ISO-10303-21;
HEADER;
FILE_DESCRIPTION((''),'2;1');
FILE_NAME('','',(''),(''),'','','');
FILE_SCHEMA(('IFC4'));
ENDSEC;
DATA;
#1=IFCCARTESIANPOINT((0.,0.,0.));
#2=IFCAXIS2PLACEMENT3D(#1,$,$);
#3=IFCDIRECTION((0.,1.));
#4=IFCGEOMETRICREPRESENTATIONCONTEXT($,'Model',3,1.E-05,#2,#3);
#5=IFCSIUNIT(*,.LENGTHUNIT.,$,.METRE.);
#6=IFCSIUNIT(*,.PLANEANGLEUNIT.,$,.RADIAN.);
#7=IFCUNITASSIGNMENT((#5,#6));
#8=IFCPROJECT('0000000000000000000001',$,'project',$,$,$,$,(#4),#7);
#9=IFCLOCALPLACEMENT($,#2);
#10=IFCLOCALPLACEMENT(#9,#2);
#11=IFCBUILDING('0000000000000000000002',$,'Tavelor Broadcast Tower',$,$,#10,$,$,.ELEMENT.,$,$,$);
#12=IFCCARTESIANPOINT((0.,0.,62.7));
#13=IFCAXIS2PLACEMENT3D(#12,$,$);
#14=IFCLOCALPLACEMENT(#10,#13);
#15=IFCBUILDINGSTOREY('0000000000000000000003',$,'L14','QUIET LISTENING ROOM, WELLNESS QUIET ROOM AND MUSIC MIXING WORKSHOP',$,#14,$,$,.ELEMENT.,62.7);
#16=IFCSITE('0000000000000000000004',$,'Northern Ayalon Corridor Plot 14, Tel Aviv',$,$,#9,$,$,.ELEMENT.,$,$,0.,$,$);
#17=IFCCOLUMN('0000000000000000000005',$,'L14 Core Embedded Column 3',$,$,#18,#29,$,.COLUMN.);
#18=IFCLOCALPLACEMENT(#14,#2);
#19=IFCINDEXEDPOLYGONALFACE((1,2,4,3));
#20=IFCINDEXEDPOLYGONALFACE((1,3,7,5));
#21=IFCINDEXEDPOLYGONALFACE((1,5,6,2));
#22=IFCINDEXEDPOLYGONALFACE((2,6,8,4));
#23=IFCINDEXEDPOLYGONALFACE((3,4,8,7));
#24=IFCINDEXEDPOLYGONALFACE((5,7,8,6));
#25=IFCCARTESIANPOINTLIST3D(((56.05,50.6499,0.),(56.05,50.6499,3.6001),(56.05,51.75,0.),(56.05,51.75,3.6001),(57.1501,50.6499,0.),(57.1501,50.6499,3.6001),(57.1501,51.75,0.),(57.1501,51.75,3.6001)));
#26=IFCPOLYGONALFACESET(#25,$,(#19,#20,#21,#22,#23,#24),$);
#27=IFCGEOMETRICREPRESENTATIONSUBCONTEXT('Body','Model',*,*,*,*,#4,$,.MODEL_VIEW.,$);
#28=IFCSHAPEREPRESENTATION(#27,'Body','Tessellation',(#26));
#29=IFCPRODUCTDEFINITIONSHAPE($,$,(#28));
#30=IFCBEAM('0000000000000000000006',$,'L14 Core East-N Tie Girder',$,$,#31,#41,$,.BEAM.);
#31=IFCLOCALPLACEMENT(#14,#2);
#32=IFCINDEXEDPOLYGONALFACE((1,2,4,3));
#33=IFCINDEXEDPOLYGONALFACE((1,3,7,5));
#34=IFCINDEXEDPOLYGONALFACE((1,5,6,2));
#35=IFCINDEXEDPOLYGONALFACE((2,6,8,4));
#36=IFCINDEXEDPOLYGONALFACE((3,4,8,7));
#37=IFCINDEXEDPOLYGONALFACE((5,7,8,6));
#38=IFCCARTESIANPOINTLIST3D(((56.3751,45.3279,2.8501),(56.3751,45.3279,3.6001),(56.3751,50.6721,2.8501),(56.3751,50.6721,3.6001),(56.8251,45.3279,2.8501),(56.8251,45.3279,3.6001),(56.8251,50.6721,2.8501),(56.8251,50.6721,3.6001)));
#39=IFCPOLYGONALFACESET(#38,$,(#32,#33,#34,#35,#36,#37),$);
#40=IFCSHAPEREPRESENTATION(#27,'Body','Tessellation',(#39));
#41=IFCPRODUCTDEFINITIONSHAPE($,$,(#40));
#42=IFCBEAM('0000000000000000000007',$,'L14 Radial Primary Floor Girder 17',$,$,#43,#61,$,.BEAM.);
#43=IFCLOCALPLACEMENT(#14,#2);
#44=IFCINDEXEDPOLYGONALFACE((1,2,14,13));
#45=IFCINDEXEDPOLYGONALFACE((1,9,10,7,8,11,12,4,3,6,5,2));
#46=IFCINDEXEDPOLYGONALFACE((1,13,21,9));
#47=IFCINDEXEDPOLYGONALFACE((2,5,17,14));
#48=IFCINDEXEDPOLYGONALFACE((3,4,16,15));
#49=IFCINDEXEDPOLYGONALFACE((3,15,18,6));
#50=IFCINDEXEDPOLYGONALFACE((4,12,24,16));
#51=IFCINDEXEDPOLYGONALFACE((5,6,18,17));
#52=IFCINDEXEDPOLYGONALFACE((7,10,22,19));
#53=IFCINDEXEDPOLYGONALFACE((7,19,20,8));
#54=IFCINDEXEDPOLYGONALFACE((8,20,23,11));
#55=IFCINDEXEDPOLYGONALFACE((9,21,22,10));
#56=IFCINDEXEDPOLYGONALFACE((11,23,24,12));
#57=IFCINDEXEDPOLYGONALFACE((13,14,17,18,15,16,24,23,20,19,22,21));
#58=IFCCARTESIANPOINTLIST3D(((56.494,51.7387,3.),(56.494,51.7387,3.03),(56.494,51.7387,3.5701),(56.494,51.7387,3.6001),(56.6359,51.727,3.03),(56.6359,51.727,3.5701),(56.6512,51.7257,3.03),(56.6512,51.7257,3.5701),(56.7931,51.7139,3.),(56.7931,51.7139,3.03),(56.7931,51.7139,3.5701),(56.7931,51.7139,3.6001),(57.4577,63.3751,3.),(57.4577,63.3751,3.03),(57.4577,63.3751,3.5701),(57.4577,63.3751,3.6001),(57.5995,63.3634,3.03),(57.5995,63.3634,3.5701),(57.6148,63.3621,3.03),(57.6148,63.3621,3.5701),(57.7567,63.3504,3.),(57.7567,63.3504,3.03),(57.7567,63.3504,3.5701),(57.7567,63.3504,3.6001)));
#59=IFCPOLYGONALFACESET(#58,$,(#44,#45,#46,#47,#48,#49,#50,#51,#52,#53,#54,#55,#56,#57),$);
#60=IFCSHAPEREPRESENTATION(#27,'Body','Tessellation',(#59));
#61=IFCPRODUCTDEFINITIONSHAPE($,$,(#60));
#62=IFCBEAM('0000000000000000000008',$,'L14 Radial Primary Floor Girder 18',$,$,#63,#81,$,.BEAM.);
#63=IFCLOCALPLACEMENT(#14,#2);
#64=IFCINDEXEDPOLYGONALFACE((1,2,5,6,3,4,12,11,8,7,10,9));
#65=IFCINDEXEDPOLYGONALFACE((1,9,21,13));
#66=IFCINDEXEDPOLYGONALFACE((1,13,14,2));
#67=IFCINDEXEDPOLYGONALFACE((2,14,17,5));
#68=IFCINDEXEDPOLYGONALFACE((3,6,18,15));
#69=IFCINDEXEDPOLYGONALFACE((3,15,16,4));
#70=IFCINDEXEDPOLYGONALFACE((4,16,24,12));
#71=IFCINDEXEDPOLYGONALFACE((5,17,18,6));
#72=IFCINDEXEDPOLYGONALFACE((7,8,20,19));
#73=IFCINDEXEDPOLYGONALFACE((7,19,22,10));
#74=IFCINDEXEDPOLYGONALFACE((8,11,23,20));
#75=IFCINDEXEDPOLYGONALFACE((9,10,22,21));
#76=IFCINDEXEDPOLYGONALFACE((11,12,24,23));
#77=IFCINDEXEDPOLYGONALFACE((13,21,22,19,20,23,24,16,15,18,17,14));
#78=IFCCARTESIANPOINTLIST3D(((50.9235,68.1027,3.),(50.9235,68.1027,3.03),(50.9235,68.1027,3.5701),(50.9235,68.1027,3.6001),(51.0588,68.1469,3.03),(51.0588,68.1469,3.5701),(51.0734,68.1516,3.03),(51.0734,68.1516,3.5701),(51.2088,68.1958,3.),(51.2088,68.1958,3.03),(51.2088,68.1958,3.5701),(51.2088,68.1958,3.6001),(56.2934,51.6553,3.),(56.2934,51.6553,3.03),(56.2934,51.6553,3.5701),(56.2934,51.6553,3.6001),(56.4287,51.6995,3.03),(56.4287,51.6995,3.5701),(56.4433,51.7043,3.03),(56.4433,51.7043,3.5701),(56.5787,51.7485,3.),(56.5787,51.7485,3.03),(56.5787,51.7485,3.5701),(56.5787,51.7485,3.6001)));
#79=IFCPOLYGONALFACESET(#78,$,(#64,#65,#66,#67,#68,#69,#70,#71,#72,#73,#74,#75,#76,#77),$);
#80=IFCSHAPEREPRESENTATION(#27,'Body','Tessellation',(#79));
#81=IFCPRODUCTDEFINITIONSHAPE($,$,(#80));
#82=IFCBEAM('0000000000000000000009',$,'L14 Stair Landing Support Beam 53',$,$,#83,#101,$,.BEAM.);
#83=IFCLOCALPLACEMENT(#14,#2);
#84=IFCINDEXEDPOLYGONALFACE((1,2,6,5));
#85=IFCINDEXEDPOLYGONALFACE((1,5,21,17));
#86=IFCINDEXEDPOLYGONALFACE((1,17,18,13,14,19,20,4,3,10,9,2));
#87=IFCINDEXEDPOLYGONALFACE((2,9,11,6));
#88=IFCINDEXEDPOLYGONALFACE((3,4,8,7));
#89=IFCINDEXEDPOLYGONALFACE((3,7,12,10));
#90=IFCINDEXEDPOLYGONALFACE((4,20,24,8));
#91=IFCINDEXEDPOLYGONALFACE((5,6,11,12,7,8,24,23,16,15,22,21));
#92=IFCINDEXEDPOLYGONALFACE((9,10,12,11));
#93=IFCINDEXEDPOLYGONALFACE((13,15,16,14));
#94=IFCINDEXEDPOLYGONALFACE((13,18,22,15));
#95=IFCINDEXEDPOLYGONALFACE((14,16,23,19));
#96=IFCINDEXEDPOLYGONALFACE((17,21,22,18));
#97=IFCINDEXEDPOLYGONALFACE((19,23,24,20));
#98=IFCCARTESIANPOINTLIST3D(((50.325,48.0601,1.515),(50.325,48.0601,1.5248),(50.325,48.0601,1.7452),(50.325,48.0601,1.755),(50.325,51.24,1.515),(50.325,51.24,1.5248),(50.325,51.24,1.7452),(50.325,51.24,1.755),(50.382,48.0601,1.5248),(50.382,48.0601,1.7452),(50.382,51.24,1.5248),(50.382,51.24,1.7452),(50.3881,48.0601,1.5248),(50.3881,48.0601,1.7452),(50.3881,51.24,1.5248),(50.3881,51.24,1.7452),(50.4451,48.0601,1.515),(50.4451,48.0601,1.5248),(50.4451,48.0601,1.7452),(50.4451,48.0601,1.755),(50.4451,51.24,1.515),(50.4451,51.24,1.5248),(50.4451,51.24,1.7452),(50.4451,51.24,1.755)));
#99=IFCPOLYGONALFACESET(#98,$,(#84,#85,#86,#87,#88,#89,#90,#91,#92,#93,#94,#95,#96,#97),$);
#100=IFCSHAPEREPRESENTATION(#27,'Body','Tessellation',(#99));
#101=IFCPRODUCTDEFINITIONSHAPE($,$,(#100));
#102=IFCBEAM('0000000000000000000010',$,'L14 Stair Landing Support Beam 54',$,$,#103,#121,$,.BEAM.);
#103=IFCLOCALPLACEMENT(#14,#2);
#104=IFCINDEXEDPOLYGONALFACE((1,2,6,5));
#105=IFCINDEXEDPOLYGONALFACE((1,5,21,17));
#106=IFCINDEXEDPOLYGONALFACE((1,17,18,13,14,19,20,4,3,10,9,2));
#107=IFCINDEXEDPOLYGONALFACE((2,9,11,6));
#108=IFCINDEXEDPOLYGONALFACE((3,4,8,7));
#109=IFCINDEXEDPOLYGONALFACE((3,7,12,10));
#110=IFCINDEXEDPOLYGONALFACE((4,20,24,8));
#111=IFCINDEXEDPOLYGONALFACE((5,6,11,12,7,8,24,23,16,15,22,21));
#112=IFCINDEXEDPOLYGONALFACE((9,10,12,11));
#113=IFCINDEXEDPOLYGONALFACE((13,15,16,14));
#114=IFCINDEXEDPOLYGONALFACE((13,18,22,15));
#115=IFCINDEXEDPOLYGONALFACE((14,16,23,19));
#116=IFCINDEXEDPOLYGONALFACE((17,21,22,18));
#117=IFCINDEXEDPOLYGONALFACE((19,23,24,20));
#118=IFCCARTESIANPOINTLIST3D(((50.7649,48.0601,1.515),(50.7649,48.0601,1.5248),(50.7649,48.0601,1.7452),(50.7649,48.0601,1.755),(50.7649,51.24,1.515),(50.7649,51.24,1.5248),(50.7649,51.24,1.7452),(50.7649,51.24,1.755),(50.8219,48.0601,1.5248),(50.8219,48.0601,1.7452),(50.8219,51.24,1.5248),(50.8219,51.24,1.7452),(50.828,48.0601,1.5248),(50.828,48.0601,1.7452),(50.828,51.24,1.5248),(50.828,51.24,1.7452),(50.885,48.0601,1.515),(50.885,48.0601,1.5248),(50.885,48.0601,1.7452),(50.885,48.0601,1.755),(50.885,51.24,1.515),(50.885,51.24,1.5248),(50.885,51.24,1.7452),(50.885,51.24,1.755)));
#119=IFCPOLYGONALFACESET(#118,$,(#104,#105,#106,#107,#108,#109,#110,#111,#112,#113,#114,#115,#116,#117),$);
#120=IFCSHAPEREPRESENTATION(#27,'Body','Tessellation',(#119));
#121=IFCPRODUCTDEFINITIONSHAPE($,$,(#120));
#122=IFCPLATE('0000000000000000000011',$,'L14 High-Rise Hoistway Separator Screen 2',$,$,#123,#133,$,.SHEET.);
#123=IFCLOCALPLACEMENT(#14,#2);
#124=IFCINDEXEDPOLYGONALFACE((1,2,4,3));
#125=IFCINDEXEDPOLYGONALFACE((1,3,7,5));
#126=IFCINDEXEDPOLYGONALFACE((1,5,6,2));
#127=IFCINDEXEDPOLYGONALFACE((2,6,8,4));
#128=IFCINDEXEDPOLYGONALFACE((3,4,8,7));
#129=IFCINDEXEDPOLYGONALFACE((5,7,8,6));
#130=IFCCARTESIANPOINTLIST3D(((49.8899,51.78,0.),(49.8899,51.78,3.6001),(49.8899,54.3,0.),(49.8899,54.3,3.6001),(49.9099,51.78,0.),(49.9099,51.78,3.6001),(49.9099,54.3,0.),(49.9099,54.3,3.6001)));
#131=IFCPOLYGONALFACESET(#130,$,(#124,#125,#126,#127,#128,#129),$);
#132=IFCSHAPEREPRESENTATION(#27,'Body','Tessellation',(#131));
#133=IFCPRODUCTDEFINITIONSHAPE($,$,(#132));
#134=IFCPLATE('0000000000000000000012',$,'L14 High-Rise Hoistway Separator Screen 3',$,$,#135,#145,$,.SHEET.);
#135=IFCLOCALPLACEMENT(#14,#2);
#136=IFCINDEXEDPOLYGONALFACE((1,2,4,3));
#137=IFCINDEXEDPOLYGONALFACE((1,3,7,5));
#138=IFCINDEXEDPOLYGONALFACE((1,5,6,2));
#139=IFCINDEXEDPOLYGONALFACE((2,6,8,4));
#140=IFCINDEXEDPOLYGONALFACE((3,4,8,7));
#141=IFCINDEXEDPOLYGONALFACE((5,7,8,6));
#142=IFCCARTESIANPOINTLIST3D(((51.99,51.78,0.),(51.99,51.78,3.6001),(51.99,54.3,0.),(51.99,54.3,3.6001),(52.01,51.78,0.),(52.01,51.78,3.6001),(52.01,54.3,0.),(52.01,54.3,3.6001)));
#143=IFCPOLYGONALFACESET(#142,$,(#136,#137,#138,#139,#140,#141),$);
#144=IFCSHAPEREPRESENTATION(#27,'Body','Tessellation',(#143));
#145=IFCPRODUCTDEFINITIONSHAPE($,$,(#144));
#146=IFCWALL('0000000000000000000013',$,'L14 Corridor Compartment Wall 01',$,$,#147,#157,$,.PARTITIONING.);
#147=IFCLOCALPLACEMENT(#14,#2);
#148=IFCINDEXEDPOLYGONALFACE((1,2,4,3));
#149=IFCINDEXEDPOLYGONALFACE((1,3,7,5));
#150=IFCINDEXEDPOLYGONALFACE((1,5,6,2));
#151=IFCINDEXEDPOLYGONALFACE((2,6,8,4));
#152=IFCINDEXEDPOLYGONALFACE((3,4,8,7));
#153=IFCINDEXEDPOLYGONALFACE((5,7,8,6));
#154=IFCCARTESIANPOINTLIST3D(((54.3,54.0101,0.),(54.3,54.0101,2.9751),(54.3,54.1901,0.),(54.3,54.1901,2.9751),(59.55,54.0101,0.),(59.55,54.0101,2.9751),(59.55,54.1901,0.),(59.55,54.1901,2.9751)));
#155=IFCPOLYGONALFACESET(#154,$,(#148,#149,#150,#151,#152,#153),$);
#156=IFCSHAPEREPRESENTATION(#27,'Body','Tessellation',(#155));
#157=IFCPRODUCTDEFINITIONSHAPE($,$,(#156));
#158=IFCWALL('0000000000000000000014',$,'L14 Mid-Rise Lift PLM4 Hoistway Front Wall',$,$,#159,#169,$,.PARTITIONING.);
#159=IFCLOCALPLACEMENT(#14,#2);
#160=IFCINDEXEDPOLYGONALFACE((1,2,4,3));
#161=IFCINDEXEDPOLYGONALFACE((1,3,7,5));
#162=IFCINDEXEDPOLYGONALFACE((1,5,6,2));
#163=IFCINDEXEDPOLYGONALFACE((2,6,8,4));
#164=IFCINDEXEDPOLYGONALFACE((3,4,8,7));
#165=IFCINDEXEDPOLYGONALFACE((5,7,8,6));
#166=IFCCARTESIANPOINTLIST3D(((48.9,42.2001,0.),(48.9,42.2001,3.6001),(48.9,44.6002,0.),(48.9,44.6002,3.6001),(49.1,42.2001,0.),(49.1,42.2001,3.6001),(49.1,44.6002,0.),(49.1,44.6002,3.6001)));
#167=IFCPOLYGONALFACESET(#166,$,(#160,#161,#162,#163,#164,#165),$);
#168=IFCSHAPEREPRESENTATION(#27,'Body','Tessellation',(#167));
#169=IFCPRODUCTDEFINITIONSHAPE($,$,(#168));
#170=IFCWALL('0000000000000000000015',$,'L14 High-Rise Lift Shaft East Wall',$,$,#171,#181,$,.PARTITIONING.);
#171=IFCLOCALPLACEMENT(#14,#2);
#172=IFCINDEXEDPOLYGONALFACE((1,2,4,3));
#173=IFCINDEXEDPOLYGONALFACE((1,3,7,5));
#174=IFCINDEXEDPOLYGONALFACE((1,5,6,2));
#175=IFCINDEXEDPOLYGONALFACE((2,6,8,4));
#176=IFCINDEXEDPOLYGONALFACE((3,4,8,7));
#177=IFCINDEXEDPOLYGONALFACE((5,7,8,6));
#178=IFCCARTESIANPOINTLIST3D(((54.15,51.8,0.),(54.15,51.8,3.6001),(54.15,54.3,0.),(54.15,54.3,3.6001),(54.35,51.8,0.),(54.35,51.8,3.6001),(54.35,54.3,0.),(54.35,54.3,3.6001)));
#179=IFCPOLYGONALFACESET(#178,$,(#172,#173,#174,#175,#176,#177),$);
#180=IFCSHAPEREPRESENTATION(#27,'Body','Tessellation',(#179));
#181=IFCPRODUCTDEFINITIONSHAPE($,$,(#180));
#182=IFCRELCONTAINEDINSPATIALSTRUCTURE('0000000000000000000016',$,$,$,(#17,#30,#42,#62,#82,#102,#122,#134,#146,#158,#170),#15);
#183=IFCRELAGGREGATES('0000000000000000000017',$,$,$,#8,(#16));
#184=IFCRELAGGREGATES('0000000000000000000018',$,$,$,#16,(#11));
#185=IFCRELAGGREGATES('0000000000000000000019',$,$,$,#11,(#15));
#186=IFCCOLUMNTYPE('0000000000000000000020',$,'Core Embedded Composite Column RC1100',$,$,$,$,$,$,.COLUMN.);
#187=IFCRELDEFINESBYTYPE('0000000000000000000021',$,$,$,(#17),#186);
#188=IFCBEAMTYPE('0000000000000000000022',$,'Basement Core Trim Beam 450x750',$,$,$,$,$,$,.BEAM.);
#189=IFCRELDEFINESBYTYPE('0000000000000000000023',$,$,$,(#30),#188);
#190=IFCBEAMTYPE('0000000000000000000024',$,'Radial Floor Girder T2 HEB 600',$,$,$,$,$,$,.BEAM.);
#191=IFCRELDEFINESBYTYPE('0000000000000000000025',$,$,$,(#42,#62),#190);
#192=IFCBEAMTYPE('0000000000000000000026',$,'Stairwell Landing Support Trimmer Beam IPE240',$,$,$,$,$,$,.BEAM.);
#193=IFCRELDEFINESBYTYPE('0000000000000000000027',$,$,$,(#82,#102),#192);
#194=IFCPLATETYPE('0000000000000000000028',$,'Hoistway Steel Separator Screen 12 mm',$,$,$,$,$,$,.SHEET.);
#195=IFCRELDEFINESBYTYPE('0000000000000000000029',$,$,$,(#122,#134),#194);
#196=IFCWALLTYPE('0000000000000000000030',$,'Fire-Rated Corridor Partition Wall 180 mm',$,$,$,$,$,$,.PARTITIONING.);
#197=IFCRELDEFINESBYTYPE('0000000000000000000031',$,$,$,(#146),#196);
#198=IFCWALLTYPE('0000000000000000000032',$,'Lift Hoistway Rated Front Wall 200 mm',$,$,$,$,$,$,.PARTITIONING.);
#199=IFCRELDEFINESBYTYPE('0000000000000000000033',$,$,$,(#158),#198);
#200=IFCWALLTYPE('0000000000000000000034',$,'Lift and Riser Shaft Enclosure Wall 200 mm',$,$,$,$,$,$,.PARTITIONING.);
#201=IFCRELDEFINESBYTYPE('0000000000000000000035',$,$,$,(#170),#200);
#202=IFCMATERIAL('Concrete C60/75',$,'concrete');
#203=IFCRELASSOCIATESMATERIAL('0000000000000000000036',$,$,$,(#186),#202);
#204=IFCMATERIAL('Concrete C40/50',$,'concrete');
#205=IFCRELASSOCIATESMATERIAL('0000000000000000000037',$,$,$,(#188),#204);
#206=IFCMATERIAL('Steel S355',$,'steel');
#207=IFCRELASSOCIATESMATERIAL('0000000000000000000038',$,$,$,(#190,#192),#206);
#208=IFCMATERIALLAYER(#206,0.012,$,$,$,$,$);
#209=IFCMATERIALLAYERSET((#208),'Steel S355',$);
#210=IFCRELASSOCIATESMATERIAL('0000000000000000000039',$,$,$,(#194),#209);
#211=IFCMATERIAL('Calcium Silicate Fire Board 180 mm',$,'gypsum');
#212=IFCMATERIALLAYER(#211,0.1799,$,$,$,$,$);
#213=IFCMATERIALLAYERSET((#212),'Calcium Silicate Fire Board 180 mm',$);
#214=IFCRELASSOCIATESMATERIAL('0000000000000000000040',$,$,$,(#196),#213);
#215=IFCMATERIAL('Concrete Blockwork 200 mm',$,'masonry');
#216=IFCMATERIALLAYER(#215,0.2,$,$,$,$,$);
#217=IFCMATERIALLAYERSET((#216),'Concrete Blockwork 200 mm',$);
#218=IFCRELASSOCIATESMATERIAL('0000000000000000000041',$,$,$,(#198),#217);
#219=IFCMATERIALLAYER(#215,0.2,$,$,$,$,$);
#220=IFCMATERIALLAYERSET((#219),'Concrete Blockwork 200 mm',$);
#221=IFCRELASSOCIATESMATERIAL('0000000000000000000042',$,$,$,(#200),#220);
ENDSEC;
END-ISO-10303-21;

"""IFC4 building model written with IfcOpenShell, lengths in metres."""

from ifc_helpers import new_model, si_unit, direction, frame, frame_2d, origin, origin_2d, place, context, subcontext, project, spatial, rectangle, i_section, extrude, source, transform, mapped, material, layer, layer_set, material_profile, profile_set, type_object, type_shapes, element, save


model = new_model("IFC4")

# Units and contexts
model_context = context("Model", 3, precision=1e-05, world=origin(), true_north=direction((0.0, 1.0)))
body_context = subcontext(model_context, "Body", "Model", "MODEL_VIEW")
ifc_project = project(units=[si_unit("LENGTHUNIT", "METRE"), si_unit("PLANEANGLEUNIT", "RADIAN")], contexts=[model_context])

# Site, building, storey
site_placement = place(None, origin())
site = spatial("IfcSite", under=ifc_project, at=site_placement, Name="Northern Ayalon Corridor Plot 14, Tel Aviv", CompositionType="ELEMENT", RefElevation=0.0)
building_placement = place(site_placement, origin())
building = spatial("IfcBuilding", under=site, at=building_placement, Name="Tavelor Broadcast Tower", CompositionType="ELEMENT")
storey_placement = place(building_placement, frame((0.0, 0.0, 62.7)))
storey = spatial("IfcBuildingStorey", under=building, at=storey_placement, Name="L14", Description="QUIET LISTENING ROOM, WELLNESS QUIET ROOM AND MUSIC MIXING WORKSHOP", CompositionType="ELEMENT", Elevation=62.7)

# Column
ifc_material_1 = material(Name="Concrete C60/75", Category="concrete")
ifc_material_profile_1 = material_profile(ifc_material_1, rectangle(XDim=1.1001, YDim=1.1001, at=origin_2d()), Name="RC 1100x1100")
ifc_profile_set_1 = profile_set([ifc_material_profile_1], Name="Concrete C60/75")
column_type = type_object("IfcColumnType", Name="Core Embedded Composite Column RC1100", PredefinedType="COLUMN", material=ifc_profile_set_1)
column_placement = place(storey_placement, frame((56.6001, 51.2, 0.0), z_axis=(0.0, 0.0, 1.0), x_axis=(1.0, 0.0, 0.0)))
element("IfcColumn", 1, at=column_placement, inside=storey, type_object=column_type, Name="L14 Core Embedded Column 3", PredefinedType="COLUMN", context=body_context, shape_type="SweptSolid", body=[
    extrude(rectangle(XDim=1.1001, YDim=1.1001, at=origin_2d()), origin(), (0.0, 0.0, 1.0), 3.6001),
])

# Beams
ifc_material_2 = material(Name="Concrete C40/50", Category="concrete")
ifc_material_profile_2 = material_profile(ifc_material_2, rectangle(XDim=0.45, YDim=0.75, at=origin_2d()), Name="RC 450x750")
ifc_profile_set_2 = profile_set([ifc_material_profile_2], Name="Concrete C40/50")
beam_type_1 = type_object("IfcBeamType", Name="Basement Core Trim Beam 450x750", PredefinedType="BEAM", material=ifc_profile_set_2)
beam_1_placement = place(storey_placement, frame((56.6001, 45.3279, 3.2251), z_axis=(0.0, 1.0, 0.0), x_axis=(-1.0, 0.0, 0.0)))
element("IfcBeam", 2, at=beam_1_placement, inside=storey, type_object=beam_type_1, Name="L14 Core East-N Tie Girder", PredefinedType="BEAM", context=body_context, shape_type="SweptSolid", body=[
    extrude(rectangle(XDim=0.45, YDim=0.75, at=origin_2d()), origin(), (0.0, 0.0, 1.0), 5.3442),
])
ifc_material_3 = material(Name="Steel S355", Category="steel")
ifc_material_profile_3 = material_profile(ifc_material_3, i_section(OverallWidth=0.3, OverallDepth=0.6001, WebThickness=0.0154, FlangeThickness=0.03, at=origin_2d()), Name="HEB 600")
ifc_profile_set_3 = profile_set([ifc_material_profile_3], Name="Steel S355")
beam_type_2 = type_object("IfcBeamType", Name="Radial Floor Girder T2 HEB 600", PredefinedType="BEAM", material=ifc_profile_set_3)
beam_2_placement = place(storey_placement, frame((56.6436, 51.7263, 3.3), z_axis=(0.082528, 0.996589, 0.0), x_axis=(-0.996589, 0.082528, 0.0)))
element("IfcBeam", 3, at=beam_2_placement, inside=storey, type_object=beam_type_2, Name="L14 Radial Primary Floor Girder 17", PredefinedType="BEAM", context=body_context, shape_type="SweptSolid", body=[
    extrude(i_section(OverallWidth=0.3, OverallDepth=0.6001, WebThickness=0.0154, FlangeThickness=0.03, at=origin_2d()), origin(), (0.0, 0.0, 1.0), 11.6763),
])
beam_3_placement = place(storey_placement, frame((56.436, 51.7019, 3.3), z_axis=(-0.310367, 0.950617, 0.0), x_axis=(-0.950617, -0.310367, 0.0)))
element("IfcBeam", 4, at=beam_3_placement, inside=storey, type_object=beam_type_2, Name="L14 Radial Primary Floor Girder 18", PredefinedType="BEAM", context=body_context, shape_type="SweptSolid", body=[
    extrude(i_section(OverallWidth=0.3, OverallDepth=0.6001, WebThickness=0.0154, FlangeThickness=0.03, at=origin_2d()), origin(), (0.0, 0.0, 1.0), 17.3018),
])
ifc_material_profile_4 = material_profile(ifc_material_3, i_section(OverallWidth=0.1201, OverallDepth=0.24, WebThickness=0.0061, FlangeThickness=0.0098, at=origin_2d()), Name="IPE 240")
ifc_profile_set_4 = profile_set([ifc_material_profile_4], Name="Steel S355")
beam_type_3 = type_object("IfcBeamType", Name="Stairwell Landing Support Trimmer Beam IPE240", PredefinedType="BEAM", material=ifc_profile_set_4)
for number, where, z_axis, x_axis, name in (
    (5, (50.385, 48.0601, 1.635), (0.0, 1.0, 0.0), (-1.0, 0.0, 0.0), "L14 Stair Landing Support Beam 53"),
    (6, (50.825, 48.0601, 1.635), (0.0, 1.0, 0.0), (-1.0, 0.0, 0.0), "L14 Stair Landing Support Beam 54"),
):
    element("IfcBeam", number, at=place(storey_placement, frame(where, z_axis=z_axis, x_axis=x_axis)), inside=storey, type_object=beam_type_3, Name=name, PredefinedType="BEAM", context=body_context, shape_type="SweptSolid", body=[
        extrude(i_section(OverallWidth=0.1201, OverallDepth=0.24, WebThickness=0.0061, FlangeThickness=0.0098, at=origin_2d()), origin(), (0.0, 0.0, 1.0), 3.1799),
    ])

# Plates
ifc_layer_1 = layer(ifc_material_3, 0.012)
ifc_layer_set_1 = layer_set([ifc_layer_1], Name="Steel S355")
plate_type = type_object("IfcPlateType", Name="Hoistway Steel Separator Screen 12 mm", PredefinedType="SHEET", material=ifc_layer_set_1)
shared_shape = source(origin(), body_context, "Body", "SweptSolid", [
    extrude(rectangle(XDim=0.02, YDim=2.52, at=origin_2d()), origin(), (0.0, 0.0, 1.0), 3.6001),
])
type_shapes(plate_type, [shared_shape])
for number, where, z_axis, x_axis, name in (
    (7, (49.8999, 53.04, 0.0), (0.0, 0.0, 1.0), (1.0, 0.0, 0.0), "L14 High-Rise Hoistway Separator Screen 2"),
    (8, (52.0, 53.04, 0.0), (0.0, 0.0, 1.0), (1.0, 0.0, 0.0), "L14 High-Rise Hoistway Separator Screen 3"),
):
    element("IfcPlate", number, at=place(storey_placement, frame(where, z_axis=z_axis, x_axis=x_axis)), inside=storey, type_object=plate_type, Name=name, PredefinedType="SHEET", context=body_context, shape_type="MappedRepresentation", body=[
        mapped(shared_shape, transform((0.0, 0.0, 0.0), scale=1.0)),
    ])

# Walls
ifc_material_4 = material(Name="Calcium Silicate Fire Board 180 mm", Category="gypsum")
ifc_layer_2 = layer(ifc_material_4, 0.1799)
ifc_layer_set_2 = layer_set([ifc_layer_2], Name="Calcium Silicate Fire Board 180 mm")
wall_type_1 = type_object("IfcWallType", Name="Fire-Rated Corridor Partition Wall 180 mm", PredefinedType="PARTITIONING", material=ifc_layer_set_2)
wall_1_placement = place(storey_placement, frame((54.3, 54.1001, 0.0), z_axis=(0.0, 0.0, 1.0), x_axis=(1.0, 0.0, 0.0)))
element("IfcWall", 9, at=wall_1_placement, inside=storey, type_object=wall_type_1, Name="L14 Corridor Compartment Wall 01", PredefinedType="PARTITIONING", context=body_context, shape_type="SweptSolid", body=[
    extrude(rectangle(XDim=5.25, YDim=0.1799, at=frame_2d((2.625, 0.0))), origin(), (0.0, 0.0, 1.0), 2.9751),
])
ifc_material_5 = material(Name="Concrete Blockwork 200 mm", Category="masonry")
ifc_layer_3 = layer(ifc_material_5, 0.2)
ifc_layer_set_3 = layer_set([ifc_layer_3], Name="Concrete Blockwork 200 mm")
wall_type_2 = type_object("IfcWallType", Name="Lift Hoistway Rated Front Wall 200 mm", PredefinedType="PARTITIONING", material=ifc_layer_set_3)
wall_2_placement = place(storey_placement, frame((49.0, 42.2, 0.0), z_axis=(0.0, 0.0, 1.0), x_axis=(0.0, 1.0, 0.0)))
element("IfcWall", 10, at=wall_2_placement, inside=storey, type_object=wall_type_2, Name="L14 Mid-Rise Lift PLM4 Hoistway Front Wall", PredefinedType="PARTITIONING", context=body_context, shape_type="SweptSolid", body=[
    extrude(rectangle(XDim=2.4001, YDim=0.2, at=frame_2d((1.2002, 0.0))), origin(), (0.0, 0.0, 1.0), 3.6001),
])
ifc_layer_4 = layer(ifc_material_5, 0.2)
ifc_layer_set_4 = layer_set([ifc_layer_4], Name="Concrete Blockwork 200 mm")
wall_type_3 = type_object("IfcWallType", Name="Lift and Riser Shaft Enclosure Wall 200 mm", PredefinedType="PARTITIONING", material=ifc_layer_set_4)
wall_3_placement = place(storey_placement, frame((54.25, 51.8, 0.0), z_axis=(0.0, 0.0, 1.0), x_axis=(0.0, 1.0, 0.0)))
element("IfcWall", 11, at=wall_3_placement, inside=storey, type_object=wall_type_3, Name="L14 High-Rise Lift Shaft East Wall", PredefinedType="PARTITIONING", context=body_context, shape_type="SweptSolid", body=[
    extrude(rectangle(XDim=2.5, YDim=0.2, at=frame_2d((1.25, 0.0))), origin(), (0.0, 0.0, 1.0), 3.6001),
])

save(model, "model.ifc")
